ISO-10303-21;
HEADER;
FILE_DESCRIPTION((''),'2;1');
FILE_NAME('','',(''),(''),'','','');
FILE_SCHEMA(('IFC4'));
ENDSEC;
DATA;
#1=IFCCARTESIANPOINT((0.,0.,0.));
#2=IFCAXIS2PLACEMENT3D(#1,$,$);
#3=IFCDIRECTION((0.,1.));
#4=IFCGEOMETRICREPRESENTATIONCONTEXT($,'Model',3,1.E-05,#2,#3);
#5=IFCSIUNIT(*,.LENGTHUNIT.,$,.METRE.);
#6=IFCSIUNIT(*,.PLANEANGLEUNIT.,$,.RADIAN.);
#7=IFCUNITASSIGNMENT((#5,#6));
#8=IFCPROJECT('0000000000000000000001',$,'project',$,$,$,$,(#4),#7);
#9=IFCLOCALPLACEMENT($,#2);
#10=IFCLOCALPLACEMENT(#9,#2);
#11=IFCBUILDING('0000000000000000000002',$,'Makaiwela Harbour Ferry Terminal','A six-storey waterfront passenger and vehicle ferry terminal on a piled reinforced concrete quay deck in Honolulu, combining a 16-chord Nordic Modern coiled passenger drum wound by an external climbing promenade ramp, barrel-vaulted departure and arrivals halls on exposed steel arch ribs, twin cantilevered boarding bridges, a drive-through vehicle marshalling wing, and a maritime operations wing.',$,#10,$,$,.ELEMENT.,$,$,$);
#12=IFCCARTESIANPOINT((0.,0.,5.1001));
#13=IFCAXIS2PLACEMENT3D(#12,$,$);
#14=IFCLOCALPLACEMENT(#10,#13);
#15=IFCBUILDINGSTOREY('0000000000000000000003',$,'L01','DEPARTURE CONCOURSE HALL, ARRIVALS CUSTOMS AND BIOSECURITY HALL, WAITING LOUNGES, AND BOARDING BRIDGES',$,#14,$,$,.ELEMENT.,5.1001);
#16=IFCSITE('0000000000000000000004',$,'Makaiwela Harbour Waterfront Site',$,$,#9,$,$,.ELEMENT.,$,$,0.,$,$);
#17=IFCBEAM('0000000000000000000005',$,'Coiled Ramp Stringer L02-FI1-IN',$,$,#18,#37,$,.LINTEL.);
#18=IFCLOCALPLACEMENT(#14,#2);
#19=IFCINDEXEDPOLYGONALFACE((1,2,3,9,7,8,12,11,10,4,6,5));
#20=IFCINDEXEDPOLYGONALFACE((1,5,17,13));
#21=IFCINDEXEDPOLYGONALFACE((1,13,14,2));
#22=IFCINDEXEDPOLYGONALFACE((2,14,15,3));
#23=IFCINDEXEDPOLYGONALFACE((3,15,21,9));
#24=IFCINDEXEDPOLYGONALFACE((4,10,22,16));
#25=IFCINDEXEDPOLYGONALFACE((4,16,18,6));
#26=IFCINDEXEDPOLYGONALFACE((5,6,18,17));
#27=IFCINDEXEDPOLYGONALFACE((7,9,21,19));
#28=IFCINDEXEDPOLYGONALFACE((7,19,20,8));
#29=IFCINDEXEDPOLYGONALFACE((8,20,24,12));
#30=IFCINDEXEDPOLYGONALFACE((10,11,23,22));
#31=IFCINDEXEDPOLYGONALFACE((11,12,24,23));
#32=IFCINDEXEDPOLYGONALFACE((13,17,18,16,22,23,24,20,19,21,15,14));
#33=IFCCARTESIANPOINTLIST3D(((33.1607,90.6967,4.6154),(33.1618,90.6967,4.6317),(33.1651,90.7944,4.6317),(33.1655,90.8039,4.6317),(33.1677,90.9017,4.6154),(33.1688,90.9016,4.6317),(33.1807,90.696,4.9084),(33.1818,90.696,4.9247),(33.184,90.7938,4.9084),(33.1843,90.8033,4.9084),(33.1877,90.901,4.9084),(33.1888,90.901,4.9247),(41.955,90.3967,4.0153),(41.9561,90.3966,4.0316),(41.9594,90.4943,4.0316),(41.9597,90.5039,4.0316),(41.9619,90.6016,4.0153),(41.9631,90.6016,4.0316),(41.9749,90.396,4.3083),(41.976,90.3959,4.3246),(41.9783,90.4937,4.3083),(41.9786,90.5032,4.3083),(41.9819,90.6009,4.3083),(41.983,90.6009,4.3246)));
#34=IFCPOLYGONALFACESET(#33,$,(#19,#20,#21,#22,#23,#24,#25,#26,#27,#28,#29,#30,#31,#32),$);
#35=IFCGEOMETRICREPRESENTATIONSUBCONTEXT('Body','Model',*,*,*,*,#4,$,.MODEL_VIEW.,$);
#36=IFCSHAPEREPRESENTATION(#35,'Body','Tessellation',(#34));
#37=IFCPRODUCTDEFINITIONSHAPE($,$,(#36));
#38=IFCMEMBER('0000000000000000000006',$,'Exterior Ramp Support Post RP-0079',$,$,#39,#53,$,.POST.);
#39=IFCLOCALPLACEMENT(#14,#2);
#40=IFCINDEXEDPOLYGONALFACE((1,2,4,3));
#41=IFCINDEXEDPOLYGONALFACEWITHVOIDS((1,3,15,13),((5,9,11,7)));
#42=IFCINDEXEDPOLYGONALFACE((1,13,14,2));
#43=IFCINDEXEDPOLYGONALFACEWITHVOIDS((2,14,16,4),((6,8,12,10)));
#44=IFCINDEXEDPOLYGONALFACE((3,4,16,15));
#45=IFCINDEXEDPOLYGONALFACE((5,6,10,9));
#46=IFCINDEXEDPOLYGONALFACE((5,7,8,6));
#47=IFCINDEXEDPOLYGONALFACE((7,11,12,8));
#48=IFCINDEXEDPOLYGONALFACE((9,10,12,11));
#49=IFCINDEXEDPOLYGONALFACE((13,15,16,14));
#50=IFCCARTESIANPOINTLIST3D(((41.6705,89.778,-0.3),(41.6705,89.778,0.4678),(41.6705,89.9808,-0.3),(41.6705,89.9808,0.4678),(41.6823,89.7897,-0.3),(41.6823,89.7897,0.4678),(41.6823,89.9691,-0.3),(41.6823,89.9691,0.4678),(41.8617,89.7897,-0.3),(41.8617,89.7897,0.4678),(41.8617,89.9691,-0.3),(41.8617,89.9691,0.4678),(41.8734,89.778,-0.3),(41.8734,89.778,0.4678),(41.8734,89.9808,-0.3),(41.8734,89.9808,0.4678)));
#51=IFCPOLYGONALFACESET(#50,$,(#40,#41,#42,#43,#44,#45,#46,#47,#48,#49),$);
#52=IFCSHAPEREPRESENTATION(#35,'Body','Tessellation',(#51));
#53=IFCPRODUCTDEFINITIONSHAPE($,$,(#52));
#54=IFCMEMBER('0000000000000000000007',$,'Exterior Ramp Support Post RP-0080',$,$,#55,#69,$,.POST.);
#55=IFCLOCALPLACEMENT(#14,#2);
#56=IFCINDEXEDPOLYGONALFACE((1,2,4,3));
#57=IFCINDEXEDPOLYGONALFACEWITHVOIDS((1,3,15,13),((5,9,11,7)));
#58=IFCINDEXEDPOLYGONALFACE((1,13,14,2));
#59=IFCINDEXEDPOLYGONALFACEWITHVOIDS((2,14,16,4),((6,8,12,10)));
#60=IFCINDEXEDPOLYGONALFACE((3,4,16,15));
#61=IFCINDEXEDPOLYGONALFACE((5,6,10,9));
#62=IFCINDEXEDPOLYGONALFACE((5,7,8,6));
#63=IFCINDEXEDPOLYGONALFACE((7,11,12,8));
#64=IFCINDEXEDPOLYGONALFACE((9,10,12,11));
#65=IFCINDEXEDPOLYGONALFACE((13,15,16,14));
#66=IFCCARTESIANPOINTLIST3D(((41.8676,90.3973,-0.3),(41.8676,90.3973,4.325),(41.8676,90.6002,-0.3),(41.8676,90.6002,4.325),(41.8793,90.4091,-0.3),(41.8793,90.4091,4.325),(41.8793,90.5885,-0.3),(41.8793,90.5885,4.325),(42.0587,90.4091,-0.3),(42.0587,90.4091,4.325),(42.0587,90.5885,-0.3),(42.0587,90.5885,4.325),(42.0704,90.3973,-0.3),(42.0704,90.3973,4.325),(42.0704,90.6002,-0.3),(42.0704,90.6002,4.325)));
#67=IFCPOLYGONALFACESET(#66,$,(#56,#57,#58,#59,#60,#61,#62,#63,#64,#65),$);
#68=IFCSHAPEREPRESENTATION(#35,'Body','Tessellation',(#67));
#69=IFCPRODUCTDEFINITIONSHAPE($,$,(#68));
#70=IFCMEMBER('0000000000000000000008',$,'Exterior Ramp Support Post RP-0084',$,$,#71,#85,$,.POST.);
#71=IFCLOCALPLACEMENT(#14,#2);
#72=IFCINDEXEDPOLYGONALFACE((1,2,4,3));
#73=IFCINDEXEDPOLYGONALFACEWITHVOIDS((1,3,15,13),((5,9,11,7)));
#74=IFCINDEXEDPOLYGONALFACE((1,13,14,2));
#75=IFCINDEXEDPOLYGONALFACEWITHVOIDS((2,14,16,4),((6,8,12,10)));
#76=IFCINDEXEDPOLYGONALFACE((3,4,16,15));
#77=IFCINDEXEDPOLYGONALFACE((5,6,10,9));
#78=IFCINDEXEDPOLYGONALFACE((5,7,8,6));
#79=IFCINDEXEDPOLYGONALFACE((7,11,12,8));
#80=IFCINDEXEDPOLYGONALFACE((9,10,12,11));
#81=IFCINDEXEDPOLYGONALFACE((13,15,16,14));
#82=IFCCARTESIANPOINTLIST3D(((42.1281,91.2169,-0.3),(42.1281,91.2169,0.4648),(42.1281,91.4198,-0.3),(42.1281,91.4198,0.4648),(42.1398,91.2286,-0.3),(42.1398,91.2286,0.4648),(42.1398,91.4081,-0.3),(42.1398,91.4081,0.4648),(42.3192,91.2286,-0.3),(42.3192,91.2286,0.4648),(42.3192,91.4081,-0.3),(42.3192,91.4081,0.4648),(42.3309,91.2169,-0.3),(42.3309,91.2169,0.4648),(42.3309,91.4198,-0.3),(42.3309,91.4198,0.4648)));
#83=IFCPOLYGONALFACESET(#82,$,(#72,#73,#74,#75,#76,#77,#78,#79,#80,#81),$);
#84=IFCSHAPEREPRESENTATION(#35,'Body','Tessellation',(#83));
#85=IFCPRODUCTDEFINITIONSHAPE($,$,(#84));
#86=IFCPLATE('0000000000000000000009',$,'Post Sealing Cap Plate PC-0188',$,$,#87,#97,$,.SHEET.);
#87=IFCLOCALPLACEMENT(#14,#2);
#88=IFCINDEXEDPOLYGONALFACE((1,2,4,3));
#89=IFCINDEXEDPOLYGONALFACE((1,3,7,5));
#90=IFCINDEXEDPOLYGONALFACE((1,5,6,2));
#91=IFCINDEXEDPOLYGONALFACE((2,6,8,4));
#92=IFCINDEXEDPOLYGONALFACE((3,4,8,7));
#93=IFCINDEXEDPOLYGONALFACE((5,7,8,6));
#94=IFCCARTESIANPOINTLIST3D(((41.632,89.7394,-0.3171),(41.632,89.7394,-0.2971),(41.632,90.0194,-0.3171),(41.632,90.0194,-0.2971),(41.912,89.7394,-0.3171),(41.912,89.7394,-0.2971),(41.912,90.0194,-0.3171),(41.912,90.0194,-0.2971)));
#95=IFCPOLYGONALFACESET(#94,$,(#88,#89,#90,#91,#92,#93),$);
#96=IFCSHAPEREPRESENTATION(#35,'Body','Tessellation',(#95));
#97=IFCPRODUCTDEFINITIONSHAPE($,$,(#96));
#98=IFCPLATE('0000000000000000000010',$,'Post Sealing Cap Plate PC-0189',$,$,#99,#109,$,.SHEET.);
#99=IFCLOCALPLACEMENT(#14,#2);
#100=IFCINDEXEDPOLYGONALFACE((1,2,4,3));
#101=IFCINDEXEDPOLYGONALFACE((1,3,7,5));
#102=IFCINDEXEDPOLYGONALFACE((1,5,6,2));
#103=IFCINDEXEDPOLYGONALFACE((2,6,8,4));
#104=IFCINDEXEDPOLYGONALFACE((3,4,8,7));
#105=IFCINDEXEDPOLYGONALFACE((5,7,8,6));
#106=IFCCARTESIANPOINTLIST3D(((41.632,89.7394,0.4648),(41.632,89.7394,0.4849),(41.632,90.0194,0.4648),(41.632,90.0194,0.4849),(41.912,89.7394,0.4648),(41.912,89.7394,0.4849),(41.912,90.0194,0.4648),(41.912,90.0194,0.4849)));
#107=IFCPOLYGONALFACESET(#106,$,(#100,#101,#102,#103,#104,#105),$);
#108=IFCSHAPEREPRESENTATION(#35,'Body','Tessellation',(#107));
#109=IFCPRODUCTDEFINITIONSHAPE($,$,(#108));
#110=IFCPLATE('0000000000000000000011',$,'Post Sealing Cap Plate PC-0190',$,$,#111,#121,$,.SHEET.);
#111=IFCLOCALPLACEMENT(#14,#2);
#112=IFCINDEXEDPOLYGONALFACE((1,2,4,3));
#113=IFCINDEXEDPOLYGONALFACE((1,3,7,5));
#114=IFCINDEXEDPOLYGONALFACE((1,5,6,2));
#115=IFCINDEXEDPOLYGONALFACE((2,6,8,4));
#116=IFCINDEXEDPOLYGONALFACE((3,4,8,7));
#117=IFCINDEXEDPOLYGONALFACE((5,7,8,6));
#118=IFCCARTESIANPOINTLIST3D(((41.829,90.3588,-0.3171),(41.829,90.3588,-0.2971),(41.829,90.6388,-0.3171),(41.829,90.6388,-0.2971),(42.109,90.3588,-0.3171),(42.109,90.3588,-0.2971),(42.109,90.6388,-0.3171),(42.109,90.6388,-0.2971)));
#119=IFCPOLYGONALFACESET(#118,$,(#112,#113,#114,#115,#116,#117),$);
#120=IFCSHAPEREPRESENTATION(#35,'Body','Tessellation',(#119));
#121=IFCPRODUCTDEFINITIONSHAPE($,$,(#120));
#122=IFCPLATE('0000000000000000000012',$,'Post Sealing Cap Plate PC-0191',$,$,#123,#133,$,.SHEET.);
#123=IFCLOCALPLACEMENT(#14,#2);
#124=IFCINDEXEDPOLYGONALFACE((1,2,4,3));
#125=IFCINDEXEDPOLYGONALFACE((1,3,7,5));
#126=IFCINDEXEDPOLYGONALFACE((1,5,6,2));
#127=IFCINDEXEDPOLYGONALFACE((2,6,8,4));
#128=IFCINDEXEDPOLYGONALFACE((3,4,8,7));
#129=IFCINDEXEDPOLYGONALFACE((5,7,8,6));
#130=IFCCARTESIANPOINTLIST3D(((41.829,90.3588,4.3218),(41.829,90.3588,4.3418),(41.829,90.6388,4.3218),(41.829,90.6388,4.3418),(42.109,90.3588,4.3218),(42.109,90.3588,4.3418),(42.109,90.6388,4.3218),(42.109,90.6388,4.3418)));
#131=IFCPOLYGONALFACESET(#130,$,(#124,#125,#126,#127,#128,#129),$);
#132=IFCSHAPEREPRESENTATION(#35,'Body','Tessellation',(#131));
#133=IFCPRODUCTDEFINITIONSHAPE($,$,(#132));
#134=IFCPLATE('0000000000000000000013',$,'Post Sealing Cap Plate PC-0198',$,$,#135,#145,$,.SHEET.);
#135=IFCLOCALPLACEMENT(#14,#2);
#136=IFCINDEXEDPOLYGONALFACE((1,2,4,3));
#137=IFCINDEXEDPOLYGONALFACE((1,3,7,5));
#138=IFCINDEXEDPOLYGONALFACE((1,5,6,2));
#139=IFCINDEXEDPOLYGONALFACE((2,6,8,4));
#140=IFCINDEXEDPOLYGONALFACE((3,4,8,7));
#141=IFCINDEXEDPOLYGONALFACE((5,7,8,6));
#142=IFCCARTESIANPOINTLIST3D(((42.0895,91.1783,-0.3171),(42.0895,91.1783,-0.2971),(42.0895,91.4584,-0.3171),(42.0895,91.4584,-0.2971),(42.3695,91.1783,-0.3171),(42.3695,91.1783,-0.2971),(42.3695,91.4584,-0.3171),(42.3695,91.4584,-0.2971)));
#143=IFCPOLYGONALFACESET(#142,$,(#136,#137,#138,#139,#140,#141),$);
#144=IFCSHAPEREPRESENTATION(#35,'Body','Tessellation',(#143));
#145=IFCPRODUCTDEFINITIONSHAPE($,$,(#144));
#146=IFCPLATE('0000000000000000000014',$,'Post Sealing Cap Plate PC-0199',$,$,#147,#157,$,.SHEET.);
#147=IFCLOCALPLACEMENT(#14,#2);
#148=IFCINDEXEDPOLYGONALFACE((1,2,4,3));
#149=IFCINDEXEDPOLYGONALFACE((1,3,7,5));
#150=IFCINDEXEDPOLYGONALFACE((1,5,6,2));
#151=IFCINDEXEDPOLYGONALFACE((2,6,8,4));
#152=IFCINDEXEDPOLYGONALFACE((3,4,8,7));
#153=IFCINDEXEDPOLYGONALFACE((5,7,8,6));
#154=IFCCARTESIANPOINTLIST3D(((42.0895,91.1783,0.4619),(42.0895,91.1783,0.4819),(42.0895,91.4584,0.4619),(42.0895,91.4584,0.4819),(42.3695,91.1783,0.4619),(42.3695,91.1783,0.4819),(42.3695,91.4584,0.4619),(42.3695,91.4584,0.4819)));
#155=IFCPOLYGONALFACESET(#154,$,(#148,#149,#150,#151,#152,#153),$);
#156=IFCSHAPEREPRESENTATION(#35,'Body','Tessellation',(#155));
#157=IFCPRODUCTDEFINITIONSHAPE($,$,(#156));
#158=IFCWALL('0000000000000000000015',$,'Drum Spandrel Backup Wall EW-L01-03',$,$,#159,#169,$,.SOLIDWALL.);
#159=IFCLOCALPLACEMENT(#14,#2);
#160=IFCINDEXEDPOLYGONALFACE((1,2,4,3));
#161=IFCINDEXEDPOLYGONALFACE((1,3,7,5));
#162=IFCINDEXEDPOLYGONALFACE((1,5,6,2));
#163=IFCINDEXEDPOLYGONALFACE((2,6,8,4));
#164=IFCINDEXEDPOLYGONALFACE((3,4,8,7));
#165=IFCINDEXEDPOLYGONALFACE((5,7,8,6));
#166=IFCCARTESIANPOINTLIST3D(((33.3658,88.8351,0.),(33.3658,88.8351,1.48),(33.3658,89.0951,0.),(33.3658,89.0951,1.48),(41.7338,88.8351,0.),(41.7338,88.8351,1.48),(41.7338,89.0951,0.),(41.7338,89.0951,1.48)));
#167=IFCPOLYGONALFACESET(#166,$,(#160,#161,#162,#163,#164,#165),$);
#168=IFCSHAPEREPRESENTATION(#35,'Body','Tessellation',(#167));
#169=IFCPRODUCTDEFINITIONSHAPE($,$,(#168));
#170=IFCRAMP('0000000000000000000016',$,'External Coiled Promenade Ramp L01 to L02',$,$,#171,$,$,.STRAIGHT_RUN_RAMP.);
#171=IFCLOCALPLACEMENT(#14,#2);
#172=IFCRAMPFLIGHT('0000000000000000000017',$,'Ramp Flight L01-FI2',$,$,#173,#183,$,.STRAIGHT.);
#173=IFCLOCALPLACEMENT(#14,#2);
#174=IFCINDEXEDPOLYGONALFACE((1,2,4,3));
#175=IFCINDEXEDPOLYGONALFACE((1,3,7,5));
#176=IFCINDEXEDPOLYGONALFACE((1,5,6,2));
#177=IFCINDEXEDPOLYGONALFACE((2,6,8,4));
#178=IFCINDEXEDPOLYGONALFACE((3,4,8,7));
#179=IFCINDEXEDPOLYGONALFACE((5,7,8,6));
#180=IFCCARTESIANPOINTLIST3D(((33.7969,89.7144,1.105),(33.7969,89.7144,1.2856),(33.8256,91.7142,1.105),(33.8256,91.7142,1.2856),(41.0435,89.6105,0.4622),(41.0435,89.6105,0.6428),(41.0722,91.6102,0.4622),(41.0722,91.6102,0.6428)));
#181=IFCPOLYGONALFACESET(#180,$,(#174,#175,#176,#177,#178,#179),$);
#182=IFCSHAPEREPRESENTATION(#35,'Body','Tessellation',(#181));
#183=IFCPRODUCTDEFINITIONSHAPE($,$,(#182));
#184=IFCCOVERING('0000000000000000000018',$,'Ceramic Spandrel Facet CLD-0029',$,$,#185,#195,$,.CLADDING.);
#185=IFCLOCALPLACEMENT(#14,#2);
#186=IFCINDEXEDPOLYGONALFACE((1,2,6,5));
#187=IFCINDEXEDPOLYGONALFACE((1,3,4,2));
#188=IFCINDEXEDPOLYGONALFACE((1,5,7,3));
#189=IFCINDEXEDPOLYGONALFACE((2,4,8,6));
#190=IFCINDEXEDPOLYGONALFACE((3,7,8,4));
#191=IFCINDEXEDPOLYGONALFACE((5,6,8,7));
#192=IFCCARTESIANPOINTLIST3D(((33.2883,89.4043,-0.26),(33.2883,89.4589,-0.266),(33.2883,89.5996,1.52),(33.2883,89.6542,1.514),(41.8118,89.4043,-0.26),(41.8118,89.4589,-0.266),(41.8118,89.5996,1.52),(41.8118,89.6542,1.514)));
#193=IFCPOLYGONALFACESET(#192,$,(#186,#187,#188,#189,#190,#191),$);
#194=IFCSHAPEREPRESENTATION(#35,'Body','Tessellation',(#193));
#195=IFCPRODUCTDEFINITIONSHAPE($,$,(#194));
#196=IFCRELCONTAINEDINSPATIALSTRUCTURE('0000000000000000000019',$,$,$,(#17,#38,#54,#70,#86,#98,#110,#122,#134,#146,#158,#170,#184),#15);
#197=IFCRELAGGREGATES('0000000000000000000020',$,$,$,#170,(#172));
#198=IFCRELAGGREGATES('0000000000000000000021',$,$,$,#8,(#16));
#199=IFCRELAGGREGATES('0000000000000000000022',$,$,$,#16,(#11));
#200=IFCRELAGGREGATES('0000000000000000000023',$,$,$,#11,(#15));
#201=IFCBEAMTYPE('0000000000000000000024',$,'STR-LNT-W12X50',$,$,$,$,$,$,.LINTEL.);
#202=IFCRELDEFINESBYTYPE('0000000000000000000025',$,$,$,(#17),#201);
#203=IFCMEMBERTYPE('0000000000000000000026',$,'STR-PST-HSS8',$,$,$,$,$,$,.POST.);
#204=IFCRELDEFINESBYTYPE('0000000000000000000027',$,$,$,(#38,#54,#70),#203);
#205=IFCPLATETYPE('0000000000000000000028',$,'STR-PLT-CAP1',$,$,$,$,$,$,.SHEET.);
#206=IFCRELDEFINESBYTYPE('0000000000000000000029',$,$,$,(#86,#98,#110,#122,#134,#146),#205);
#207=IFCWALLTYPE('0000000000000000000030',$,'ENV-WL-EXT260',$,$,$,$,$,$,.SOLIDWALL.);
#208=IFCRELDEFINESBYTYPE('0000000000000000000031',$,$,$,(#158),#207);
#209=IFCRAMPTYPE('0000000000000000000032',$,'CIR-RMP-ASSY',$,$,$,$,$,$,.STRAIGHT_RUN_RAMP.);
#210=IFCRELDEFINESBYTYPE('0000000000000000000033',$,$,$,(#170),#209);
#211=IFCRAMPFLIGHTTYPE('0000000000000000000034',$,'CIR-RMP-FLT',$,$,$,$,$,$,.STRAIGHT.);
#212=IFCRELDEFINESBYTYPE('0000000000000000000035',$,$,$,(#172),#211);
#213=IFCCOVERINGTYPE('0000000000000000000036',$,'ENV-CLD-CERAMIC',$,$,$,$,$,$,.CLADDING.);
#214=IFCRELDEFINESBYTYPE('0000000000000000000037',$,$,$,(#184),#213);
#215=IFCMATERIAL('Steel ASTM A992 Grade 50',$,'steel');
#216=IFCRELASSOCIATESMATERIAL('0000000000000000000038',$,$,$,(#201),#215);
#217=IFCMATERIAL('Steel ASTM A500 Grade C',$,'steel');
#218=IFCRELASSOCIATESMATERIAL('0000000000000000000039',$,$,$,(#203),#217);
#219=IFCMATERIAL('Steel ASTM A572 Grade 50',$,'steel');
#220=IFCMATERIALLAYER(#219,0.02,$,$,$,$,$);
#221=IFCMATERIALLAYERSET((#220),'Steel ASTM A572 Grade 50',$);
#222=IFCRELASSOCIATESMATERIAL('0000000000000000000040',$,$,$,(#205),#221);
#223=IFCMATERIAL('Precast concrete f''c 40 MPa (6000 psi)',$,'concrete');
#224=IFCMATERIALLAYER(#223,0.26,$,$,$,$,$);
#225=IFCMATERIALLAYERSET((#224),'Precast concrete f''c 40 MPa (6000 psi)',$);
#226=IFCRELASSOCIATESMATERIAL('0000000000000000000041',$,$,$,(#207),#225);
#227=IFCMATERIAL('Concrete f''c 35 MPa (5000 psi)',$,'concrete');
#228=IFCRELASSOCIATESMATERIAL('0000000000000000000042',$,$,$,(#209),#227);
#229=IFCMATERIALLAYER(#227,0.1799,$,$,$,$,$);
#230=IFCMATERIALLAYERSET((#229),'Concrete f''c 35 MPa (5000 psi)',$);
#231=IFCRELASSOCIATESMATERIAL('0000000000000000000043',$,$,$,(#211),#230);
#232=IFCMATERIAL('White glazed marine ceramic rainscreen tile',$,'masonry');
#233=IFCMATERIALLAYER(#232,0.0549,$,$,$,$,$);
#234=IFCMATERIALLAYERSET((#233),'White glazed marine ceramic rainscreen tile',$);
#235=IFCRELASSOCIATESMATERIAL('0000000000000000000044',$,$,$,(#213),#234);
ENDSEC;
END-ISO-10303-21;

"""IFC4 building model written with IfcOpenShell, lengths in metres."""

from ifc_helpers import new_model, si_unit, direction, frame, frame_2d, origin, origin_2d, place, context, subcontext, project, spatial, polyline, rectangle, hollow_rectangle, i_section, outline, extrude, material, layer, layer_set, material_profile, profile_set, type_object, element, aggregate, save


model = new_model("IFC4")

# Units and contexts
model_context = context("Model", 3, precision=1e-05, world=origin(), true_north=direction((0.0, 1.0)))
body_context = subcontext(model_context, "Body", "Model", "MODEL_VIEW")
ifc_project = project(units=[si_unit("LENGTHUNIT", "METRE"), si_unit("PLANEANGLEUNIT", "RADIAN")], contexts=[model_context])

# Site, building, storey
site_placement = place(None, origin())
site = spatial("IfcSite", under=ifc_project, at=site_placement, Name="Makaiwela Harbour Waterfront Site", CompositionType="ELEMENT", RefElevation=0.0)
building_placement = place(site_placement, origin())
building = spatial("IfcBuilding", under=site, at=building_placement, Name="Makaiwela Harbour Ferry Terminal", Description="A six-storey waterfront passenger and vehicle ferry terminal on a piled reinforced concrete quay deck in Honolulu, combining a 16-chord Nordic Modern coiled passenger drum wound by an external climbing promenade ramp, barrel-vaulted departure and arrivals halls on exposed steel arch ribs, twin cantilevered boarding bridges, a drive-through vehicle marshalling wing, and a maritime operations wing.", CompositionType="ELEMENT")
storey_placement = place(building_placement, frame((0.0, 0.0, 5.1001)))
storey = spatial("IfcBuildingStorey", under=building, at=storey_placement, Name="L01", Description="DEPARTURE CONCOURSE HALL, ARRIVALS CUSTOMS AND BIOSECURITY HALL, WAITING LOUNGES, AND BOARDING BRIDGES", CompositionType="ELEMENT", Elevation=5.1001)

# Beam
ifc_material_1 = material(Name="Steel ASTM A992 Grade 50", Category="steel")
ifc_material_profile_1 = material_profile(ifc_material_1, i_section(OverallWidth=0.2051, OverallDepth=0.3101, WebThickness=0.0095, FlangeThickness=0.0164, at=origin_2d()), Name="W12X50")
ifc_profile_set_1 = profile_set([ifc_material_profile_1], Name="Steel ASTM A992 Grade 50")
beam_type_1 = type_object("IfcBeamType", Name="STR-LNT-W12X50", PredefinedType="LINTEL", material=ifc_profile_set_1)
beam_1_placement = place(storey_placement, frame((41.969, 90.4988, 4.1699), z_axis=(-0.997102, 0.03402, 0.06804), x_axis=(-0.034099, -0.999418, 0.0)))
element("IfcBeam", 1, at=beam_1_placement, inside=storey, type_object=beam_type_1, Name="Coiled Ramp Stringer L02-FI1-IN", PredefinedType="LINTEL", context=body_context, shape_type="SweptSolid", body=[
    extrude(i_section(OverallWidth=0.2051, OverallDepth=0.3101, WebThickness=0.0095, FlangeThickness=0.0164, at=origin_2d()), origin(), (0.0, 0.0, 1.0), 8.8198),
])

# Members
ifc_material_2 = material(Name="Steel ASTM A500 Grade C", Category="steel")
ifc_material_profile_2 = material_profile(ifc_material_2, hollow_rectangle(XDim=0.2029, YDim=0.2029, WallThickness=0.0117, at=origin_2d()), Name="HSS8X8X1/2")
ifc_profile_set_2 = profile_set([ifc_material_profile_2], Name="Steel ASTM A500 Grade C")
member_type_1 = type_object("IfcMemberType", Name="STR-PST-HSS8", PredefinedType="POST", material=ifc_profile_set_2)
member_1_placement = place(storey_placement, frame((41.772, 89.8794, -0.3), z_axis=(0.0, 0.0, 1.0), x_axis=(1.0, 0.0, 0.0)))
element("IfcMember", 2, at=member_1_placement, inside=storey, type_object=member_type_1, Name="Exterior Ramp Support Post RP-0079", PredefinedType="POST", context=body_context, shape_type="SweptSolid", body=[
    extrude(hollow_rectangle(XDim=0.2029, YDim=0.2029, WallThickness=0.0117, at=origin_2d()), origin(), (0.0, 0.0, 1.0), 0.7678),
])
member_2_placement = place(storey_placement, frame((41.969, 90.4988, -0.3), z_axis=(0.0, 0.0, 1.0), x_axis=(1.0, 0.0, 0.0)))
element("IfcMember", 3, at=member_2_placement, inside=storey, type_object=member_type_1, Name="Exterior Ramp Support Post RP-0080", PredefinedType="POST", context=body_context, shape_type="SweptSolid", body=[
    extrude(hollow_rectangle(XDim=0.2029, YDim=0.2029, WallThickness=0.0117, at=origin_2d()), origin(), (0.0, 0.0, 1.0), 4.625),
])
member_3_placement = place(storey_placement, frame((42.2295, 91.3184, -0.3), z_axis=(0.0, 0.0, 1.0), x_axis=(1.0, 0.0, 0.0)))
element("IfcMember", 4, at=member_3_placement, inside=storey, type_object=member_type_1, Name="Exterior Ramp Support Post RP-0084", PredefinedType="POST", context=body_context, shape_type="SweptSolid", body=[
    extrude(hollow_rectangle(XDim=0.2029, YDim=0.2029, WallThickness=0.0117, at=origin_2d()), origin(), (0.0, 0.0, 1.0), 0.7649),
])

# Plates
ifc_material_3 = material(Name="Steel ASTM A572 Grade 50", Category="steel")
ifc_layer_1 = layer(ifc_material_3, 0.02)
ifc_layer_set_1 = layer_set([ifc_layer_1], Name="Steel ASTM A572 Grade 50")
plate_type = type_object("IfcPlateType", Name="STR-PLT-CAP1", PredefinedType="SHEET", material=ifc_layer_set_1)
for number, where, z_axis, x_axis, name in (
    (5, (41.772, 89.8794, -0.3171), (0.0, 0.0, 1.0), (1.0, 0.0, 0.0), "Post Sealing Cap Plate PC-0188"),
    (6, (41.772, 89.8794, 0.4648), (0.0, 0.0, 1.0), (1.0, 0.0, 0.0), "Post Sealing Cap Plate PC-0189"),
    (7, (41.969, 90.4988, -0.3171), (0.0, 0.0, 1.0), (1.0, 0.0, 0.0), "Post Sealing Cap Plate PC-0190"),
    (8, (41.969, 90.4988, 4.3218), (0.0, 0.0, 1.0), (1.0, 0.0, 0.0), "Post Sealing Cap Plate PC-0191"),
    (9, (42.2295, 91.3184, -0.3171), (0.0, 0.0, 1.0), (1.0, 0.0, 0.0), "Post Sealing Cap Plate PC-0198"),
    (10, (42.2295, 91.3184, 0.4619), (0.0, 0.0, 1.0), (1.0, 0.0, 0.0), "Post Sealing Cap Plate PC-0199"),
):
    element("IfcPlate", number, at=place(storey_placement, frame(where, z_axis=z_axis, x_axis=x_axis)), inside=storey, type_object=plate_type, Name=name, PredefinedType="SHEET", context=body_context, shape_type="SweptSolid", body=[
        extrude(rectangle(XDim=0.28, YDim=0.28, at=origin_2d()), origin(), (0.0, 0.0, 1.0), 0.02),
    ])

# Wall
ifc_material_4 = material(Name="Precast concrete f'c 40 MPa (6000 psi)", Category="concrete")
ifc_layer_2 = layer(ifc_material_4, 0.26)
ifc_layer_set_2 = layer_set([ifc_layer_2], Name="Precast concrete f'c 40 MPa (6000 psi)")
wall_type = type_object("IfcWallType", Name="ENV-WL-EXT260", PredefinedType="SOLIDWALL", material=ifc_layer_set_2)
wall_placement = place(storey_placement, frame((41.7339, 88.9651, 0.0), z_axis=(0.0, 0.0, 1.0), x_axis=(-1.0, 0.0, 0.0)))
element("IfcWall", 11, at=wall_placement, inside=storey, type_object=wall_type, Name="Drum Spandrel Backup Wall EW-L01-03", PredefinedType="SOLIDWALL", context=body_context, shape_type="SweptSolid", body=[
    extrude(rectangle(XDim=8.3679, YDim=0.26, at=frame_2d((4.1841, 0.0))), origin(), (0.0, 0.0, 1.0), 1.48),
])

# Ramp, ramp flight
ifc_material_5 = material(Name="Concrete f'c 35 MPa (5000 psi)", Category="concrete")
ramp_type = type_object("IfcRampType", Name="CIR-RMP-ASSY", PredefinedType="STRAIGHT_RUN_RAMP", material=ifc_material_5)
ramp_placement = place(storey_placement, origin())
ramp = element("IfcRamp", 12, at=ramp_placement, inside=storey, type_object=ramp_type, Name="External Coiled Promenade Ramp L01 to L02", PredefinedType="STRAIGHT_RUN_RAMP")
ifc_layer_3 = layer(ifc_material_5, 0.1799)
ifc_layer_set_3 = layer_set([ifc_layer_3], Name="Concrete f'c 35 MPa (5000 psi)")
ramp_flight_type = type_object("IfcRampFlightType", Name="CIR-RMP-FLT", PredefinedType="STRAIGHT", material=ifc_layer_set_3)
ramp_flight_placement = place(storey_placement, frame((41.0579, 90.6104, 0.6428), z_axis=(0.0, 0.0, 1.0), x_axis=(-0.999897, 0.014346, 0.0)))
ramp_flight = element("IfcRampFlight", 13, at=ramp_flight_placement, type_object=ramp_flight_type, Name="Ramp Flight L01-FI2", PredefinedType="STRAIGHT", context=body_context, shape_type="SweptSolid", body=[
    extrude(outline(polyline([(0.0, 0.0), (7.2473, 0.6428), (7.2473, 0.4622), (0.0, -0.1807), (0.0, 0.0)])), frame((0.0, 1.0, 0.0), z_axis=(0.0, -1.0, 0.0), x_axis=(1.0, 0.0, 0.0)), (0.0, 0.0, 1.0), 2.0),
])
aggregate(ramp, [ramp_flight])

# Covering
ifc_material_6 = material(Name="White glazed marine ceramic rainscreen tile", Category="masonry")
ifc_layer_4 = layer(ifc_material_6, 0.0549)
ifc_layer_set_4 = layer_set([ifc_layer_4], Name="White glazed marine ceramic rainscreen tile")
covering_type = type_object("IfcCoveringType", Name="ENV-CLD-CERAMIC", PredefinedType="CLADDING", material=ifc_layer_set_4)
covering_1_placement = place(storey_placement, frame((41.8118, 89.4043, -0.26), z_axis=(0.0, -0.994034, 0.10907), x_axis=(-1.0, 0.0, 0.0)))
element("IfcCovering", 14, at=covering_1_placement, inside=storey, type_object=covering_type, Name="Ceramic Spandrel Facet CLD-0029", PredefinedType="CLADDING", context=body_context, shape_type="SweptSolid", body=[
    extrude(outline(polyline([(0.0, 0.0), (8.5234, 0.0), (8.5234, -1.7907), (0.0, -1.7907), (0.0, 0.0)])), origin(), (0.0, 0.0, -1.0), 0.0549),
])

save(model, "model.ifc")
